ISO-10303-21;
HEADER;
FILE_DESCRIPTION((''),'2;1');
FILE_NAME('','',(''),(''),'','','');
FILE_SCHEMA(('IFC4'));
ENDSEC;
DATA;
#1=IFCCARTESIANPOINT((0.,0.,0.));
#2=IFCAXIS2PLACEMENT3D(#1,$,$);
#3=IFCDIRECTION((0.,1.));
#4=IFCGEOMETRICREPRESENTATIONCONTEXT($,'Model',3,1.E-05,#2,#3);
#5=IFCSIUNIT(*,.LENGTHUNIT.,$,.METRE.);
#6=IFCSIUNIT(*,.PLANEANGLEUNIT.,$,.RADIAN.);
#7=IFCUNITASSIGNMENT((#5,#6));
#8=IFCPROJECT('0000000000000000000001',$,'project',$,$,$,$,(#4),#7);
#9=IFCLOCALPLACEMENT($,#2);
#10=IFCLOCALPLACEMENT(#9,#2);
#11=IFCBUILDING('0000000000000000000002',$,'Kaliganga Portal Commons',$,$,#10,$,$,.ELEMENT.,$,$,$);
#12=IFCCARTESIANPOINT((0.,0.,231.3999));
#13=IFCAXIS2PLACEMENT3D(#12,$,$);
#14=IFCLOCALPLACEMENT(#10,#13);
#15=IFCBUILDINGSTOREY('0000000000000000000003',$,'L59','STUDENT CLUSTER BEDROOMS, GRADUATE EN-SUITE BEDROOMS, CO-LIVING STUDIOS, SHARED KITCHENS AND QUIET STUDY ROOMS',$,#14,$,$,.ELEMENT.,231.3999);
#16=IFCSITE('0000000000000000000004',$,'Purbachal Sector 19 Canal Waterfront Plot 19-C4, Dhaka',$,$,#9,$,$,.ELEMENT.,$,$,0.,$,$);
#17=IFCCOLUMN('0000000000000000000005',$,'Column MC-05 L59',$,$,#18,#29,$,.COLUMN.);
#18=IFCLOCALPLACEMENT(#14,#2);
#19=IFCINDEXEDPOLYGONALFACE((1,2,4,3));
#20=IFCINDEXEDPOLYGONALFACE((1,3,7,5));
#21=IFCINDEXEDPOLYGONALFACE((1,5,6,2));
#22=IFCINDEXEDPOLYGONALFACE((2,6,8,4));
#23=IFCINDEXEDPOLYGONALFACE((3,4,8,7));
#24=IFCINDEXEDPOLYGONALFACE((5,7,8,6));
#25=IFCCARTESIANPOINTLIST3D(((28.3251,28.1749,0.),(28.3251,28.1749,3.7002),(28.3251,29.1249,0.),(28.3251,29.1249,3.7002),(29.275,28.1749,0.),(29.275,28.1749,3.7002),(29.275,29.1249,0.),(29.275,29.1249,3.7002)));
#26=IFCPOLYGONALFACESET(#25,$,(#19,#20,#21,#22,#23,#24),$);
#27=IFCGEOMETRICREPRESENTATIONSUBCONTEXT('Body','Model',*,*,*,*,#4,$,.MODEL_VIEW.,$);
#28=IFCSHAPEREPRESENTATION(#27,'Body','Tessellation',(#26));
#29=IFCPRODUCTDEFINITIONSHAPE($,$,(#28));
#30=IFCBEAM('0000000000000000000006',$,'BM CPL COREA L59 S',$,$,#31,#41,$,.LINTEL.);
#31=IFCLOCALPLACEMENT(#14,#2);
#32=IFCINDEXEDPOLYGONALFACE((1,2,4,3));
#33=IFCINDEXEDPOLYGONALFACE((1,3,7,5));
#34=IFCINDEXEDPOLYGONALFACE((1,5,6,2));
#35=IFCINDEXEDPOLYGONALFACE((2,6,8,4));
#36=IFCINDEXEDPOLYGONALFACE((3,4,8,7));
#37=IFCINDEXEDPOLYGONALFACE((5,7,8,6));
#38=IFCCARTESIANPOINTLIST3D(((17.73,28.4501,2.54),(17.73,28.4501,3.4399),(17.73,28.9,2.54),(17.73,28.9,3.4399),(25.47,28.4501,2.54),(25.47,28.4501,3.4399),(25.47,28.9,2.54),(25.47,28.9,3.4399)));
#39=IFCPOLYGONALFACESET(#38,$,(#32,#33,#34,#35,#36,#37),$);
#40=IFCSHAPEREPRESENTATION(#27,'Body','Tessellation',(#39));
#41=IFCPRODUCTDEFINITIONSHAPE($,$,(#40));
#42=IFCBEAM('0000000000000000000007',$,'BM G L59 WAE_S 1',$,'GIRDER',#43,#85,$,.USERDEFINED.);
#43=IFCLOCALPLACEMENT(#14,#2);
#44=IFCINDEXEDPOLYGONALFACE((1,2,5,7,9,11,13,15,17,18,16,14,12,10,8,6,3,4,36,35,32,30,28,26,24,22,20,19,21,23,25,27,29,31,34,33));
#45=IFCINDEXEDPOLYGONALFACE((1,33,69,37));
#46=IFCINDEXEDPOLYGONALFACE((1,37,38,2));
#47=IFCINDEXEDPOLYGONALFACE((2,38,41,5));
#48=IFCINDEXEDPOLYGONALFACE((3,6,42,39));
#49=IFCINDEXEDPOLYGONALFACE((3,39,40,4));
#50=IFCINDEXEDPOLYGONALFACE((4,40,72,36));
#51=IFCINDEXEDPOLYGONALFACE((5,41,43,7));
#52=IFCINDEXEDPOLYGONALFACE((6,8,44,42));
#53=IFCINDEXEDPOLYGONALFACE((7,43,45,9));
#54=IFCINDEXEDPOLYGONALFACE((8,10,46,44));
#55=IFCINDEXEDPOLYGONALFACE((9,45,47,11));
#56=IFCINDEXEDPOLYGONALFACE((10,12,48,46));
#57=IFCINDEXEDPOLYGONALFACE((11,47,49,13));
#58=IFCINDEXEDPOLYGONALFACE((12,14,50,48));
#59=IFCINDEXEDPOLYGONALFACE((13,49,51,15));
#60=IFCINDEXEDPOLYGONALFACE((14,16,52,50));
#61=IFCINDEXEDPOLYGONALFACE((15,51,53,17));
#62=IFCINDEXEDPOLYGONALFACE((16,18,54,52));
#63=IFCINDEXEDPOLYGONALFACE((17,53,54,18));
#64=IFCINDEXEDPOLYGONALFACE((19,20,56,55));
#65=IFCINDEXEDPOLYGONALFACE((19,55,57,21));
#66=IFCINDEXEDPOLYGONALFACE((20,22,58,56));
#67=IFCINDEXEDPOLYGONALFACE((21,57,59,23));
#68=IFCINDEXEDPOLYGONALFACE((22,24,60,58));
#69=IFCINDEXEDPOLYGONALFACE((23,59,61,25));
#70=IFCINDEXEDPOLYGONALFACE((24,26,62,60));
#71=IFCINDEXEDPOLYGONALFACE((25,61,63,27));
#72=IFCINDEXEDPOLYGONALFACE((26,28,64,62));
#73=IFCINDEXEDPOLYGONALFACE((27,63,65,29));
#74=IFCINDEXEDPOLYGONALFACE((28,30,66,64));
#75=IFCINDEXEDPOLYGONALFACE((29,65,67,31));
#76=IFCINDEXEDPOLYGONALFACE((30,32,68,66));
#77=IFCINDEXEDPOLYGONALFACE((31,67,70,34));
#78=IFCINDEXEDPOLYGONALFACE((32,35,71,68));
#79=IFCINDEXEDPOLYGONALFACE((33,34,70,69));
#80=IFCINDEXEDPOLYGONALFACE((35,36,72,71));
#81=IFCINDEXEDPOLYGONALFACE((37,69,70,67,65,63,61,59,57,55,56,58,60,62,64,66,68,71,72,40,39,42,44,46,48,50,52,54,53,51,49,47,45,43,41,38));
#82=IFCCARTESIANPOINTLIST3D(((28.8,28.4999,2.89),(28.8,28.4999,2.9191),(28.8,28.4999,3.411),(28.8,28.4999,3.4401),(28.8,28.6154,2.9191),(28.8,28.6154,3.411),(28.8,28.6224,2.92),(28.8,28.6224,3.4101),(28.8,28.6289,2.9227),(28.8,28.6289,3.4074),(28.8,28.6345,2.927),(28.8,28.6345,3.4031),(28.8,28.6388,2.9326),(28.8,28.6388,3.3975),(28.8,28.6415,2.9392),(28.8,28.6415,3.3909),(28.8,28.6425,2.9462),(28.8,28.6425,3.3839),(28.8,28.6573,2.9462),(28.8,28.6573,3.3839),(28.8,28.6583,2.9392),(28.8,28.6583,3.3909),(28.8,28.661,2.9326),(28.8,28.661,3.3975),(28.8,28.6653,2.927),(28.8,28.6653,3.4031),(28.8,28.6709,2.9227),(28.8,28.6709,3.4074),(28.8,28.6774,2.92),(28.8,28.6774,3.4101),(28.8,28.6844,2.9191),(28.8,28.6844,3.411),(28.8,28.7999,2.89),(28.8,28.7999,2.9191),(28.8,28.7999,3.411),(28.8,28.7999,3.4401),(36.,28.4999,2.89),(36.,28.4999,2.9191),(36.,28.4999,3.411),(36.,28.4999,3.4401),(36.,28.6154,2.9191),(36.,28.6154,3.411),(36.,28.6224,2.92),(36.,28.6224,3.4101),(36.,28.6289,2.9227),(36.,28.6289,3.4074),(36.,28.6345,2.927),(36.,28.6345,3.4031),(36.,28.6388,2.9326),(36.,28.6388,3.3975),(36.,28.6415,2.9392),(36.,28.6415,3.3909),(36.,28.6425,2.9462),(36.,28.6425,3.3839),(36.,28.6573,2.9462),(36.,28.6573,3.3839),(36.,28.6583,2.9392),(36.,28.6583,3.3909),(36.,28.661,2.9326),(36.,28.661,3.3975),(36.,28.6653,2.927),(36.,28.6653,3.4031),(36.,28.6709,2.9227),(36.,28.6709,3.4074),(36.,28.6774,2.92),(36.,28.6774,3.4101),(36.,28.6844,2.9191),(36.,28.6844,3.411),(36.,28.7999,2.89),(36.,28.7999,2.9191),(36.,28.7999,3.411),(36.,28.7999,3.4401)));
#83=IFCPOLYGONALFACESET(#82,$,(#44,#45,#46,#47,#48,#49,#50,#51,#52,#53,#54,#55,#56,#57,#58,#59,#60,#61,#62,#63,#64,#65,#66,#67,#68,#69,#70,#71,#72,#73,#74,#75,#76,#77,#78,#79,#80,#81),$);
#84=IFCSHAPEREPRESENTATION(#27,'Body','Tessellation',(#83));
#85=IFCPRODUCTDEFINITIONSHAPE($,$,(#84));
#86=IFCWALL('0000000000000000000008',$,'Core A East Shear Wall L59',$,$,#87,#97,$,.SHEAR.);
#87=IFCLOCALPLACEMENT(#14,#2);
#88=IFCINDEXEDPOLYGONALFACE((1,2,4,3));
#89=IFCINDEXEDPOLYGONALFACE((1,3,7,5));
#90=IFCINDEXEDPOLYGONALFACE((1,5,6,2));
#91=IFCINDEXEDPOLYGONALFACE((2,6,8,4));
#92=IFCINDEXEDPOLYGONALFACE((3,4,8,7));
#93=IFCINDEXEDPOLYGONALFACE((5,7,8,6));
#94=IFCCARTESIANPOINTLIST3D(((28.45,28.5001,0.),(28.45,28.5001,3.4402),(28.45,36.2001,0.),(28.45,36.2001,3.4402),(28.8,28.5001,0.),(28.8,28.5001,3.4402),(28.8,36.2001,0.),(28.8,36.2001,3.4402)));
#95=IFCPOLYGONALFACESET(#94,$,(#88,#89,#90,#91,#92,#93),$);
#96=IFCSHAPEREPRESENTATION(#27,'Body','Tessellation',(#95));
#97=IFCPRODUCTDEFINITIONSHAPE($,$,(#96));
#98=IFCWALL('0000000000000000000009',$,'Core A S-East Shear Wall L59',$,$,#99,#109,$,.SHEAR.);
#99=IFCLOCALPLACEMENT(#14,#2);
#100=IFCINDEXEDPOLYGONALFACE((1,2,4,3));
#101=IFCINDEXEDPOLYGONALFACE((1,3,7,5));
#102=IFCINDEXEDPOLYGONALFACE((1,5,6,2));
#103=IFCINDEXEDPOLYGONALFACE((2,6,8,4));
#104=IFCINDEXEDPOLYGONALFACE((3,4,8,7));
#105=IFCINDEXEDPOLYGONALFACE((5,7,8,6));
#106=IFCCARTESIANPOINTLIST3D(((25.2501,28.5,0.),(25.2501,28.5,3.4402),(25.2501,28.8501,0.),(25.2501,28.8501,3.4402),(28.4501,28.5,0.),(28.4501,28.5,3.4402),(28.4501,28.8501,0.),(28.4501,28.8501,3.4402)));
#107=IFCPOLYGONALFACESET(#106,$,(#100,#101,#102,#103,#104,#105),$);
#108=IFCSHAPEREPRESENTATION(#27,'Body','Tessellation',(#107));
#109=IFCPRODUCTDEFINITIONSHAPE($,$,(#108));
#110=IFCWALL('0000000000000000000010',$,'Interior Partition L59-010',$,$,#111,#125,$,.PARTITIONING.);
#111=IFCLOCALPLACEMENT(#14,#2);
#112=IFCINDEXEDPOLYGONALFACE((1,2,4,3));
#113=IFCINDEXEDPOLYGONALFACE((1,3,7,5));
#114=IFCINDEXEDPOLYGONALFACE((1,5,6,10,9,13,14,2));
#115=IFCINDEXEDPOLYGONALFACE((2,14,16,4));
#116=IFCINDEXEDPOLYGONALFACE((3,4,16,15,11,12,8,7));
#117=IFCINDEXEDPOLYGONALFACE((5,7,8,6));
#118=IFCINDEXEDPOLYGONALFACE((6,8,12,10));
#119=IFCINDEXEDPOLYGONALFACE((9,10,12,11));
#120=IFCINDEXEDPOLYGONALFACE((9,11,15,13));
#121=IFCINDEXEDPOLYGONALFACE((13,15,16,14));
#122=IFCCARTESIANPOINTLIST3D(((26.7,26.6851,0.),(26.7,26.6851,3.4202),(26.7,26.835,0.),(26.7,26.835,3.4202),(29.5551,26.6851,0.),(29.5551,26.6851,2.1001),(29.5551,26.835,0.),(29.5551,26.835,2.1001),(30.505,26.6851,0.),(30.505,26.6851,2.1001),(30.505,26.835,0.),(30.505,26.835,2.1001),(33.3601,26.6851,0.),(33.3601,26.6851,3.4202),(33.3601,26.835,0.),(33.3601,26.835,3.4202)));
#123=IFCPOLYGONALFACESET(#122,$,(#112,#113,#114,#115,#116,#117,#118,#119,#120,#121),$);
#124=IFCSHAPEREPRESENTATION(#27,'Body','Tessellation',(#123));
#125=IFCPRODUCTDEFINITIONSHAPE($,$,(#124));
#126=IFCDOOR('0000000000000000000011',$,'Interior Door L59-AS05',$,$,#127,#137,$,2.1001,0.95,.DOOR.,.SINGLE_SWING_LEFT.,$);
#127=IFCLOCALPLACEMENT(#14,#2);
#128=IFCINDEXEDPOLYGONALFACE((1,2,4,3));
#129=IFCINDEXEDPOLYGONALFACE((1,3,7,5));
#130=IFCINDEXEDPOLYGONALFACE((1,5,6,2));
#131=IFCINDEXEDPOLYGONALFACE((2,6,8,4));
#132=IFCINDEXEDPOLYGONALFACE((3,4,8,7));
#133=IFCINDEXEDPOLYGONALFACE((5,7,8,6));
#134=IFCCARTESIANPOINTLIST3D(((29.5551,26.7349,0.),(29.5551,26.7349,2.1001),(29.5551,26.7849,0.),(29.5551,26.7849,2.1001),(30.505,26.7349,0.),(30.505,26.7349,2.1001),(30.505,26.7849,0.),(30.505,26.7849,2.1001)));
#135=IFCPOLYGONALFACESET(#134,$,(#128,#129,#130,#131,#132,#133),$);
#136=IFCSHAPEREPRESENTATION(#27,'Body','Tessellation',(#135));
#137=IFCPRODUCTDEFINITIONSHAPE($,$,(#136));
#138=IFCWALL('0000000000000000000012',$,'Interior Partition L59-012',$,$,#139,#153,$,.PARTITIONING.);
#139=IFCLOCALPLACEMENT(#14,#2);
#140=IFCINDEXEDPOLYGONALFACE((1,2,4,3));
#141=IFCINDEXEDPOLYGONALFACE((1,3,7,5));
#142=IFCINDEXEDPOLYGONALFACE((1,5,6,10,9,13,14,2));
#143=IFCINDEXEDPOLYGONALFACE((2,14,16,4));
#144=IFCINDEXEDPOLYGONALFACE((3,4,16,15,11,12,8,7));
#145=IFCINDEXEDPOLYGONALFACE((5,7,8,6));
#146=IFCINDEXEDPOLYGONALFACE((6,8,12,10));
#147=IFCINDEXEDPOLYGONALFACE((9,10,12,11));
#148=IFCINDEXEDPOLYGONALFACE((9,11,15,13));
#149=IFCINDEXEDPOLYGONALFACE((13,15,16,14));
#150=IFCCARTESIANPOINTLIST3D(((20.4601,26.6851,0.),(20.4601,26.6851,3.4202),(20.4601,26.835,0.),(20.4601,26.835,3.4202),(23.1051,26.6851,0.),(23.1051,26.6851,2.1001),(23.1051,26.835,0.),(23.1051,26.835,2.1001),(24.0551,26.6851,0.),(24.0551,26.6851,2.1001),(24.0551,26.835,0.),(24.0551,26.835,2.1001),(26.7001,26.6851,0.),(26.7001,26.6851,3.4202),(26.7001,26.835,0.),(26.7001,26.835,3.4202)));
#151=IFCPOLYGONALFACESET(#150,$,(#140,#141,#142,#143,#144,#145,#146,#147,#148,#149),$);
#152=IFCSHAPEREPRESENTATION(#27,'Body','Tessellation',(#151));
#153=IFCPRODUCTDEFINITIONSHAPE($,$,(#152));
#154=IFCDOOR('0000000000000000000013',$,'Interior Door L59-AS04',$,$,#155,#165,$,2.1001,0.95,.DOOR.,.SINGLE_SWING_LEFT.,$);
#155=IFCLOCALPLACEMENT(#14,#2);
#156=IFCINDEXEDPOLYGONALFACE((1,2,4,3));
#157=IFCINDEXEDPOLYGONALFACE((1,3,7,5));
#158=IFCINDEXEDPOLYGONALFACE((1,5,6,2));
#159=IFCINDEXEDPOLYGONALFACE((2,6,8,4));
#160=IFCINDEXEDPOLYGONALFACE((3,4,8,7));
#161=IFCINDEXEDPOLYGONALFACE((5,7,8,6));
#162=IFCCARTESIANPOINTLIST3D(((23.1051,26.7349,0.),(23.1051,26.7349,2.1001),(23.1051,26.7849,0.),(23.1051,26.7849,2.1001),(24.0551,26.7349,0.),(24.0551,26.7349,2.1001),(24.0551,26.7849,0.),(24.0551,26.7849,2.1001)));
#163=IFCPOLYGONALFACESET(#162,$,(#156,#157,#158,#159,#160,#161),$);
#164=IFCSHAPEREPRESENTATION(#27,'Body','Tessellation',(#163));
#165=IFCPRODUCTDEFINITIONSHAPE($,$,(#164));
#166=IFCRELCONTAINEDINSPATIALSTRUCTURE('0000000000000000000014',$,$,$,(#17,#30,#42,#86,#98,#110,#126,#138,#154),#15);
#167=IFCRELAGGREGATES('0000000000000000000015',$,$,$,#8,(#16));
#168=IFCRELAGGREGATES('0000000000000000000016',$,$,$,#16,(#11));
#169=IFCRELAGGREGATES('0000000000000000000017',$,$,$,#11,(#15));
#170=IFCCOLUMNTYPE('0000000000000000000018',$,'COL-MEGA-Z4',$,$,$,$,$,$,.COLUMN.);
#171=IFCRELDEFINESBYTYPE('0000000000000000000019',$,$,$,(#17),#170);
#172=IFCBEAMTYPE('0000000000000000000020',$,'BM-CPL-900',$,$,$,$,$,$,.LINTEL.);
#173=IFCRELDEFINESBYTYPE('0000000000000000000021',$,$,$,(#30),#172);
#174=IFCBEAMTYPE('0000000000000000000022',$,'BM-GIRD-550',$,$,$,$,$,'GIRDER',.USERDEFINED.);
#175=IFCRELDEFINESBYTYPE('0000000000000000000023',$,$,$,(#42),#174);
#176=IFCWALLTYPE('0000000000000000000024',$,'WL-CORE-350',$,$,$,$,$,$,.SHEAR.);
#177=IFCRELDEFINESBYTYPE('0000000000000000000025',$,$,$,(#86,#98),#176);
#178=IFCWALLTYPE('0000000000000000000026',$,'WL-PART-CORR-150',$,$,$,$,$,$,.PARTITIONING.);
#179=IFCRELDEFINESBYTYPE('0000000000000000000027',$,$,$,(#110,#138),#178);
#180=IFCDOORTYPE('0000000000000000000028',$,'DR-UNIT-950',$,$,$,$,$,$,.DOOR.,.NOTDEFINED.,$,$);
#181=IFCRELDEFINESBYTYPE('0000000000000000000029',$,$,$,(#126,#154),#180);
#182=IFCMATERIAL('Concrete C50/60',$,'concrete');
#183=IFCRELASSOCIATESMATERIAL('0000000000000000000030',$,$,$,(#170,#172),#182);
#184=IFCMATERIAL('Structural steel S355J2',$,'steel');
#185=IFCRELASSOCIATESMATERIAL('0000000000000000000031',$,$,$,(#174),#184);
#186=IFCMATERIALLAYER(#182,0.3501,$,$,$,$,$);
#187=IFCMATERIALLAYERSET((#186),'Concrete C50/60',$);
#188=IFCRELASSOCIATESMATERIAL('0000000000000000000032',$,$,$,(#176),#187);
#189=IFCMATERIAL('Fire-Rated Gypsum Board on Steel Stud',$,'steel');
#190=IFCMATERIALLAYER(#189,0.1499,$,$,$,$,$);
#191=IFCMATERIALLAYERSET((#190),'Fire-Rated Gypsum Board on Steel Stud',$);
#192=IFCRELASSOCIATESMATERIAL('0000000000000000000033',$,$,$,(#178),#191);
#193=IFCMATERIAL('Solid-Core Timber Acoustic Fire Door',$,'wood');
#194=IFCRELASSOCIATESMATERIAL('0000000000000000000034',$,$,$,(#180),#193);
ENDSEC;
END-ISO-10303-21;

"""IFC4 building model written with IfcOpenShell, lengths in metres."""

from ifc_helpers import new_model, si_unit, direction, frame, frame_2d, origin, origin_2d, place, context, subcontext, project, spatial, rectangle, i_section, extrude, source, transform, mapped, material, layer, layer_set, material_profile, profile_set, type_object, element, fill, save


model = new_model("IFC4")

# Units and contexts
model_context = context("Model", 3, precision=1e-05, world=origin(), true_north=direction((0.0, 1.0)))
body_context = subcontext(model_context, "Body", "Model", "MODEL_VIEW")
ifc_project = project(units=[si_unit("LENGTHUNIT", "METRE"), si_unit("PLANEANGLEUNIT", "RADIAN")], contexts=[model_context])

# Site, building, storey
site_placement = place(None, origin())
site = spatial("IfcSite", under=ifc_project, at=site_placement, Name="Purbachal Sector 19 Canal Waterfront Plot 19-C4, Dhaka", CompositionType="ELEMENT", RefElevation=0.0)
building_placement = place(site_placement, origin())
building = spatial("IfcBuilding", under=site, at=building_placement, Name="Kaliganga Portal Commons", CompositionType="ELEMENT")
storey_placement = place(building_placement, frame((0.0, 0.0, 231.3999)))
storey = spatial("IfcBuildingStorey", under=building, at=storey_placement, Name="L59", Description="STUDENT CLUSTER BEDROOMS, GRADUATE EN-SUITE BEDROOMS, CO-LIVING STUDIOS, SHARED KITCHENS AND QUIET STUDY ROOMS", CompositionType="ELEMENT", Elevation=231.3999)

# Column
ifc_material_1 = material(Name="Concrete C50/60", Category="concrete")
ifc_material_profile_1 = material_profile(ifc_material_1, rectangle(XDim=0.95, YDim=0.95, at=origin_2d()), Name="RC 950x950")
ifc_profile_set_1 = profile_set([ifc_material_profile_1], Name="Concrete C50/60")
column_type = type_object("IfcColumnType", Name="COL-MEGA-Z4", PredefinedType="COLUMN", material=ifc_profile_set_1)
shared_shape_1 = source(origin(), body_context, "Body", "SweptSolid", [
    extrude(rectangle(XDim=0.95, YDim=0.95, at=origin_2d()), origin(), (0.0, 0.0, 1.0), 3.7002),
])
column_placement = place(storey_placement, frame((28.8, 28.6499, 0.0), z_axis=(0.0, 0.0, 1.0), x_axis=(1.0, 0.0, 0.0)))
element("IfcColumn", 1, at=column_placement, inside=storey, type_object=column_type, Name="Column MC-05 L59", PredefinedType="COLUMN", context=body_context, shape_type="MappedRepresentation", body=[
    mapped(shared_shape_1, transform((0.0, 0.0, 0.0), x_axis=(1.0, 0.0, 0.0), y_axis=(0.0, 1.0, 0.0), z_axis=(0.0, 0.0, 1.0), scale=1.0)),
])

# Beams
ifc_material_profile_2 = material_profile(ifc_material_1, rectangle(XDim=0.45, YDim=0.8999, at=origin_2d()), Name="RC 450x900")
ifc_profile_set_2 = profile_set([ifc_material_profile_2], Name="Concrete C50/60")
beam_type_1 = type_object("IfcBeamType", Name="BM-CPL-900", PredefinedType="LINTEL", material=ifc_profile_set_2)
shared_shape_2 = source(origin(), body_context, "Body", "SweptSolid", [
    extrude(rectangle(XDim=0.45, YDim=0.8999, at=origin_2d()), origin(), (0.0, 0.0, 1.0), 7.74),
])
beam_1_placement = place(storey_placement, frame((17.73, 28.675, 2.99), z_axis=(1.0, 0.0, 0.0), x_axis=(0.0, 1.0, 0.0)))
element("IfcBeam", 2, at=beam_1_placement, inside=storey, type_object=beam_type_1, Name="BM CPL COREA L59 S", PredefinedType="LINTEL", context=body_context, shape_type="MappedRepresentation", body=[
    mapped(shared_shape_2, transform((0.0, 0.0, 0.0), x_axis=(1.0, 0.0, 0.0), y_axis=(0.0, 1.0, 0.0), z_axis=(0.0, 0.0, 1.0), scale=1.0)),
])
ifc_material_2 = material(Name="Structural steel S355J2", Category="steel")
ifc_material_profile_3 = material_profile(ifc_material_2, i_section(OverallWidth=0.3, OverallDepth=0.55, WebThickness=0.0149, FlangeThickness=0.0291, FilletRadius=0.0271, at=origin_2d()), Name="HE 550 B")
ifc_profile_set_3 = profile_set([ifc_material_profile_3], Name="Structural steel S355J2 wide-flange")
beam_type_2 = type_object("IfcBeamType", Name="BM-GIRD-550", ElementType="GIRDER", PredefinedType="USERDEFINED", material=ifc_profile_set_3)
shared_shape_3 = source(origin(), body_context, "Body", "SweptSolid", [
    extrude(i_section(OverallWidth=0.3, OverallDepth=0.55, WebThickness=0.0149, FlangeThickness=0.0291, FilletRadius=0.0271, at=origin_2d()), origin(), (0.0, 0.0, 1.0), 7.2),
])
beam_2_placement = place(storey_placement, frame((28.8, 28.6499, 3.165), z_axis=(1.0, 0.0, 0.0), x_axis=(0.0, 1.0, 0.0)))
element("IfcBeam", 3, at=beam_2_placement, inside=storey, type_object=beam_type_2, Name="BM G L59 WAE_S 1", ObjectType="GIRDER", PredefinedType="USERDEFINED", context=body_context, shape_type="MappedRepresentation", body=[
    mapped(shared_shape_3, transform((0.0, 0.0, 0.0), x_axis=(1.0, 0.0, 0.0), y_axis=(0.0, 1.0, 0.0), z_axis=(0.0, 0.0, 1.0), scale=1.0)),
])

# Walls
ifc_layer_1 = layer(ifc_material_1, 0.3501)
ifc_layer_set_1 = layer_set([ifc_layer_1], Name="Concrete C50/60")
wall_type_1 = type_object("IfcWallType", Name="WL-CORE-350", PredefinedType="SHEAR", material=ifc_layer_set_1)
wall_1_placement = place(storey_placement, frame((28.625, 28.5, 0.0), z_axis=(0.0, 0.0, 1.0), x_axis=(0.0, 1.0, 0.0)))
element("IfcWall", 4, at=wall_1_placement, inside=storey, type_object=wall_type_1, Name="Core A East Shear Wall L59", PredefinedType="SHEAR", context=body_context, shape_type="SweptSolid", body=[
    extrude(rectangle(XDim=7.7, YDim=0.3501, at=frame_2d((3.8501, 0.0))), origin(), (0.0, 0.0, 1.0), 3.4402),
])
wall_2_placement = place(storey_placement, frame((25.25, 28.675, 0.0), z_axis=(0.0, 0.0, 1.0), x_axis=(1.0, 0.0, 0.0)))
element("IfcWall", 5, at=wall_2_placement, inside=storey, type_object=wall_type_1, Name="Core A S-East Shear Wall L59", PredefinedType="SHEAR", context=body_context, shape_type="SweptSolid", body=[
    extrude(rectangle(XDim=3.2, YDim=0.3501, at=frame_2d((1.6001, 0.0))), origin(), (0.0, 0.0, 1.0), 3.4402),
])

# Walls, openings, doors
ifc_material_3 = material(Name="Fire-Rated Gypsum Board on Steel Stud", Category="steel")
ifc_layer_2 = layer(ifc_material_3, 0.1499)
ifc_layer_set_2 = layer_set([ifc_layer_2], Name="Fire-Rated Gypsum Board on Steel Stud")
wall_type_2 = type_object("IfcWallType", Name="WL-PART-CORR-150", PredefinedType="PARTITIONING", material=ifc_layer_set_2)
wall_3_placement = place(storey_placement, frame((26.7, 26.76, 0.0), z_axis=(0.0, 0.0, 1.0), x_axis=(1.0, 0.0, 0.0)))
wall_3 = element("IfcWall", 6, at=wall_3_placement, inside=storey, type_object=wall_type_2, Name="Interior Partition L59-010", PredefinedType="PARTITIONING", context=body_context, shape_type="SweptSolid", body=[
    extrude(rectangle(XDim=6.6602, YDim=0.1499, at=frame_2d((3.3301, 0.0))), origin(), (0.0, 0.0, 1.0), 3.4202),
])
opening_1_placement = place(wall_3_placement, frame((2.855, 0.0, 0.0)))
opening_1 = element("IfcOpeningElement", 7, at=opening_1_placement, cuts=wall_3, PredefinedType="OPENING", context=body_context, shape_type="SweptSolid", body=[
    extrude(rectangle(XDim=0.95, YDim=2.1001, at=frame_2d((0.4751, 1.05))), frame((0.0, 0.085, 0.0), z_axis=(0.0, -1.0, 0.0), x_axis=(1.0, 0.0, 0.0)), (0.0, 0.0, 1.0), 0.1699),
])
ifc_material_4 = material(Name="Solid-Core Timber Acoustic Fire Door", Category="wood")
door_type_1 = type_object("IfcDoorType", Name="DR-UNIT-950", OperationType="NOTDEFINED", PredefinedType="DOOR", material=ifc_material_4)
door_1_placement = place(opening_1_placement, origin())
door_1 = element("IfcDoor", 8, at=door_1_placement, inside=storey, type_object=door_type_1, Name="Interior Door L59-AS05", OperationType="SINGLE_SWING_LEFT", OverallHeight=2.1001, OverallWidth=0.95, PredefinedType="DOOR", context=body_context, shape_type="SweptSolid", body=[
    extrude(rectangle(XDim=0.95, YDim=2.1001, at=frame_2d((0.4751, 1.05))), frame((0.0, 0.0249, 0.0), z_axis=(0.0, -1.0, 0.0), x_axis=(1.0, 0.0, 0.0)), (0.0, 0.0, 1.0), 0.05),
])
fill(opening_1, door_1)
wall_4_placement = place(storey_placement, frame((20.46, 26.76, 0.0), z_axis=(0.0, 0.0, 1.0), x_axis=(1.0, 0.0, 0.0)))
wall_4 = element("IfcWall", 9, at=wall_4_placement, inside=storey, type_object=wall_type_2, Name="Interior Partition L59-012", PredefinedType="PARTITIONING", context=body_context, shape_type="SweptSolid", body=[
    extrude(rectangle(XDim=6.24, YDim=0.1499, at=frame_2d((3.1201, 0.0))), origin(), (0.0, 0.0, 1.0), 3.4202),
])
opening_2_placement = place(wall_4_placement, frame((2.645, 0.0, 0.0)))
opening_2 = element("IfcOpeningElement", 10, at=opening_2_placement, cuts=wall_4, PredefinedType="OPENING", context=body_context, shape_type="SweptSolid", body=[
    extrude(rectangle(XDim=0.95, YDim=2.1001, at=frame_2d((0.4751, 1.05))), frame((0.0, 0.085, 0.0), z_axis=(0.0, -1.0, 0.0), x_axis=(1.0, 0.0, 0.0)), (0.0, 0.0, 1.0), 0.1699),
])
door_2_placement = place(opening_2_placement, origin())
door_2 = element("IfcDoor", 11, at=door_2_placement, inside=storey, type_object=door_type_1, Name="Interior Door L59-AS04", OperationType="SINGLE_SWING_LEFT", OverallHeight=2.1001, OverallWidth=0.95, PredefinedType="DOOR", context=body_context, shape_type="SweptSolid", body=[
    extrude(rectangle(XDim=0.95, YDim=2.1001, at=frame_2d((0.4751, 1.05))), frame((0.0, 0.0249, 0.0), z_axis=(0.0, -1.0, 0.0), x_axis=(1.0, 0.0, 0.0)), (0.0, 0.0, 1.0), 0.05),
])
fill(opening_2, door_2)

save(model, "model.ifc")
